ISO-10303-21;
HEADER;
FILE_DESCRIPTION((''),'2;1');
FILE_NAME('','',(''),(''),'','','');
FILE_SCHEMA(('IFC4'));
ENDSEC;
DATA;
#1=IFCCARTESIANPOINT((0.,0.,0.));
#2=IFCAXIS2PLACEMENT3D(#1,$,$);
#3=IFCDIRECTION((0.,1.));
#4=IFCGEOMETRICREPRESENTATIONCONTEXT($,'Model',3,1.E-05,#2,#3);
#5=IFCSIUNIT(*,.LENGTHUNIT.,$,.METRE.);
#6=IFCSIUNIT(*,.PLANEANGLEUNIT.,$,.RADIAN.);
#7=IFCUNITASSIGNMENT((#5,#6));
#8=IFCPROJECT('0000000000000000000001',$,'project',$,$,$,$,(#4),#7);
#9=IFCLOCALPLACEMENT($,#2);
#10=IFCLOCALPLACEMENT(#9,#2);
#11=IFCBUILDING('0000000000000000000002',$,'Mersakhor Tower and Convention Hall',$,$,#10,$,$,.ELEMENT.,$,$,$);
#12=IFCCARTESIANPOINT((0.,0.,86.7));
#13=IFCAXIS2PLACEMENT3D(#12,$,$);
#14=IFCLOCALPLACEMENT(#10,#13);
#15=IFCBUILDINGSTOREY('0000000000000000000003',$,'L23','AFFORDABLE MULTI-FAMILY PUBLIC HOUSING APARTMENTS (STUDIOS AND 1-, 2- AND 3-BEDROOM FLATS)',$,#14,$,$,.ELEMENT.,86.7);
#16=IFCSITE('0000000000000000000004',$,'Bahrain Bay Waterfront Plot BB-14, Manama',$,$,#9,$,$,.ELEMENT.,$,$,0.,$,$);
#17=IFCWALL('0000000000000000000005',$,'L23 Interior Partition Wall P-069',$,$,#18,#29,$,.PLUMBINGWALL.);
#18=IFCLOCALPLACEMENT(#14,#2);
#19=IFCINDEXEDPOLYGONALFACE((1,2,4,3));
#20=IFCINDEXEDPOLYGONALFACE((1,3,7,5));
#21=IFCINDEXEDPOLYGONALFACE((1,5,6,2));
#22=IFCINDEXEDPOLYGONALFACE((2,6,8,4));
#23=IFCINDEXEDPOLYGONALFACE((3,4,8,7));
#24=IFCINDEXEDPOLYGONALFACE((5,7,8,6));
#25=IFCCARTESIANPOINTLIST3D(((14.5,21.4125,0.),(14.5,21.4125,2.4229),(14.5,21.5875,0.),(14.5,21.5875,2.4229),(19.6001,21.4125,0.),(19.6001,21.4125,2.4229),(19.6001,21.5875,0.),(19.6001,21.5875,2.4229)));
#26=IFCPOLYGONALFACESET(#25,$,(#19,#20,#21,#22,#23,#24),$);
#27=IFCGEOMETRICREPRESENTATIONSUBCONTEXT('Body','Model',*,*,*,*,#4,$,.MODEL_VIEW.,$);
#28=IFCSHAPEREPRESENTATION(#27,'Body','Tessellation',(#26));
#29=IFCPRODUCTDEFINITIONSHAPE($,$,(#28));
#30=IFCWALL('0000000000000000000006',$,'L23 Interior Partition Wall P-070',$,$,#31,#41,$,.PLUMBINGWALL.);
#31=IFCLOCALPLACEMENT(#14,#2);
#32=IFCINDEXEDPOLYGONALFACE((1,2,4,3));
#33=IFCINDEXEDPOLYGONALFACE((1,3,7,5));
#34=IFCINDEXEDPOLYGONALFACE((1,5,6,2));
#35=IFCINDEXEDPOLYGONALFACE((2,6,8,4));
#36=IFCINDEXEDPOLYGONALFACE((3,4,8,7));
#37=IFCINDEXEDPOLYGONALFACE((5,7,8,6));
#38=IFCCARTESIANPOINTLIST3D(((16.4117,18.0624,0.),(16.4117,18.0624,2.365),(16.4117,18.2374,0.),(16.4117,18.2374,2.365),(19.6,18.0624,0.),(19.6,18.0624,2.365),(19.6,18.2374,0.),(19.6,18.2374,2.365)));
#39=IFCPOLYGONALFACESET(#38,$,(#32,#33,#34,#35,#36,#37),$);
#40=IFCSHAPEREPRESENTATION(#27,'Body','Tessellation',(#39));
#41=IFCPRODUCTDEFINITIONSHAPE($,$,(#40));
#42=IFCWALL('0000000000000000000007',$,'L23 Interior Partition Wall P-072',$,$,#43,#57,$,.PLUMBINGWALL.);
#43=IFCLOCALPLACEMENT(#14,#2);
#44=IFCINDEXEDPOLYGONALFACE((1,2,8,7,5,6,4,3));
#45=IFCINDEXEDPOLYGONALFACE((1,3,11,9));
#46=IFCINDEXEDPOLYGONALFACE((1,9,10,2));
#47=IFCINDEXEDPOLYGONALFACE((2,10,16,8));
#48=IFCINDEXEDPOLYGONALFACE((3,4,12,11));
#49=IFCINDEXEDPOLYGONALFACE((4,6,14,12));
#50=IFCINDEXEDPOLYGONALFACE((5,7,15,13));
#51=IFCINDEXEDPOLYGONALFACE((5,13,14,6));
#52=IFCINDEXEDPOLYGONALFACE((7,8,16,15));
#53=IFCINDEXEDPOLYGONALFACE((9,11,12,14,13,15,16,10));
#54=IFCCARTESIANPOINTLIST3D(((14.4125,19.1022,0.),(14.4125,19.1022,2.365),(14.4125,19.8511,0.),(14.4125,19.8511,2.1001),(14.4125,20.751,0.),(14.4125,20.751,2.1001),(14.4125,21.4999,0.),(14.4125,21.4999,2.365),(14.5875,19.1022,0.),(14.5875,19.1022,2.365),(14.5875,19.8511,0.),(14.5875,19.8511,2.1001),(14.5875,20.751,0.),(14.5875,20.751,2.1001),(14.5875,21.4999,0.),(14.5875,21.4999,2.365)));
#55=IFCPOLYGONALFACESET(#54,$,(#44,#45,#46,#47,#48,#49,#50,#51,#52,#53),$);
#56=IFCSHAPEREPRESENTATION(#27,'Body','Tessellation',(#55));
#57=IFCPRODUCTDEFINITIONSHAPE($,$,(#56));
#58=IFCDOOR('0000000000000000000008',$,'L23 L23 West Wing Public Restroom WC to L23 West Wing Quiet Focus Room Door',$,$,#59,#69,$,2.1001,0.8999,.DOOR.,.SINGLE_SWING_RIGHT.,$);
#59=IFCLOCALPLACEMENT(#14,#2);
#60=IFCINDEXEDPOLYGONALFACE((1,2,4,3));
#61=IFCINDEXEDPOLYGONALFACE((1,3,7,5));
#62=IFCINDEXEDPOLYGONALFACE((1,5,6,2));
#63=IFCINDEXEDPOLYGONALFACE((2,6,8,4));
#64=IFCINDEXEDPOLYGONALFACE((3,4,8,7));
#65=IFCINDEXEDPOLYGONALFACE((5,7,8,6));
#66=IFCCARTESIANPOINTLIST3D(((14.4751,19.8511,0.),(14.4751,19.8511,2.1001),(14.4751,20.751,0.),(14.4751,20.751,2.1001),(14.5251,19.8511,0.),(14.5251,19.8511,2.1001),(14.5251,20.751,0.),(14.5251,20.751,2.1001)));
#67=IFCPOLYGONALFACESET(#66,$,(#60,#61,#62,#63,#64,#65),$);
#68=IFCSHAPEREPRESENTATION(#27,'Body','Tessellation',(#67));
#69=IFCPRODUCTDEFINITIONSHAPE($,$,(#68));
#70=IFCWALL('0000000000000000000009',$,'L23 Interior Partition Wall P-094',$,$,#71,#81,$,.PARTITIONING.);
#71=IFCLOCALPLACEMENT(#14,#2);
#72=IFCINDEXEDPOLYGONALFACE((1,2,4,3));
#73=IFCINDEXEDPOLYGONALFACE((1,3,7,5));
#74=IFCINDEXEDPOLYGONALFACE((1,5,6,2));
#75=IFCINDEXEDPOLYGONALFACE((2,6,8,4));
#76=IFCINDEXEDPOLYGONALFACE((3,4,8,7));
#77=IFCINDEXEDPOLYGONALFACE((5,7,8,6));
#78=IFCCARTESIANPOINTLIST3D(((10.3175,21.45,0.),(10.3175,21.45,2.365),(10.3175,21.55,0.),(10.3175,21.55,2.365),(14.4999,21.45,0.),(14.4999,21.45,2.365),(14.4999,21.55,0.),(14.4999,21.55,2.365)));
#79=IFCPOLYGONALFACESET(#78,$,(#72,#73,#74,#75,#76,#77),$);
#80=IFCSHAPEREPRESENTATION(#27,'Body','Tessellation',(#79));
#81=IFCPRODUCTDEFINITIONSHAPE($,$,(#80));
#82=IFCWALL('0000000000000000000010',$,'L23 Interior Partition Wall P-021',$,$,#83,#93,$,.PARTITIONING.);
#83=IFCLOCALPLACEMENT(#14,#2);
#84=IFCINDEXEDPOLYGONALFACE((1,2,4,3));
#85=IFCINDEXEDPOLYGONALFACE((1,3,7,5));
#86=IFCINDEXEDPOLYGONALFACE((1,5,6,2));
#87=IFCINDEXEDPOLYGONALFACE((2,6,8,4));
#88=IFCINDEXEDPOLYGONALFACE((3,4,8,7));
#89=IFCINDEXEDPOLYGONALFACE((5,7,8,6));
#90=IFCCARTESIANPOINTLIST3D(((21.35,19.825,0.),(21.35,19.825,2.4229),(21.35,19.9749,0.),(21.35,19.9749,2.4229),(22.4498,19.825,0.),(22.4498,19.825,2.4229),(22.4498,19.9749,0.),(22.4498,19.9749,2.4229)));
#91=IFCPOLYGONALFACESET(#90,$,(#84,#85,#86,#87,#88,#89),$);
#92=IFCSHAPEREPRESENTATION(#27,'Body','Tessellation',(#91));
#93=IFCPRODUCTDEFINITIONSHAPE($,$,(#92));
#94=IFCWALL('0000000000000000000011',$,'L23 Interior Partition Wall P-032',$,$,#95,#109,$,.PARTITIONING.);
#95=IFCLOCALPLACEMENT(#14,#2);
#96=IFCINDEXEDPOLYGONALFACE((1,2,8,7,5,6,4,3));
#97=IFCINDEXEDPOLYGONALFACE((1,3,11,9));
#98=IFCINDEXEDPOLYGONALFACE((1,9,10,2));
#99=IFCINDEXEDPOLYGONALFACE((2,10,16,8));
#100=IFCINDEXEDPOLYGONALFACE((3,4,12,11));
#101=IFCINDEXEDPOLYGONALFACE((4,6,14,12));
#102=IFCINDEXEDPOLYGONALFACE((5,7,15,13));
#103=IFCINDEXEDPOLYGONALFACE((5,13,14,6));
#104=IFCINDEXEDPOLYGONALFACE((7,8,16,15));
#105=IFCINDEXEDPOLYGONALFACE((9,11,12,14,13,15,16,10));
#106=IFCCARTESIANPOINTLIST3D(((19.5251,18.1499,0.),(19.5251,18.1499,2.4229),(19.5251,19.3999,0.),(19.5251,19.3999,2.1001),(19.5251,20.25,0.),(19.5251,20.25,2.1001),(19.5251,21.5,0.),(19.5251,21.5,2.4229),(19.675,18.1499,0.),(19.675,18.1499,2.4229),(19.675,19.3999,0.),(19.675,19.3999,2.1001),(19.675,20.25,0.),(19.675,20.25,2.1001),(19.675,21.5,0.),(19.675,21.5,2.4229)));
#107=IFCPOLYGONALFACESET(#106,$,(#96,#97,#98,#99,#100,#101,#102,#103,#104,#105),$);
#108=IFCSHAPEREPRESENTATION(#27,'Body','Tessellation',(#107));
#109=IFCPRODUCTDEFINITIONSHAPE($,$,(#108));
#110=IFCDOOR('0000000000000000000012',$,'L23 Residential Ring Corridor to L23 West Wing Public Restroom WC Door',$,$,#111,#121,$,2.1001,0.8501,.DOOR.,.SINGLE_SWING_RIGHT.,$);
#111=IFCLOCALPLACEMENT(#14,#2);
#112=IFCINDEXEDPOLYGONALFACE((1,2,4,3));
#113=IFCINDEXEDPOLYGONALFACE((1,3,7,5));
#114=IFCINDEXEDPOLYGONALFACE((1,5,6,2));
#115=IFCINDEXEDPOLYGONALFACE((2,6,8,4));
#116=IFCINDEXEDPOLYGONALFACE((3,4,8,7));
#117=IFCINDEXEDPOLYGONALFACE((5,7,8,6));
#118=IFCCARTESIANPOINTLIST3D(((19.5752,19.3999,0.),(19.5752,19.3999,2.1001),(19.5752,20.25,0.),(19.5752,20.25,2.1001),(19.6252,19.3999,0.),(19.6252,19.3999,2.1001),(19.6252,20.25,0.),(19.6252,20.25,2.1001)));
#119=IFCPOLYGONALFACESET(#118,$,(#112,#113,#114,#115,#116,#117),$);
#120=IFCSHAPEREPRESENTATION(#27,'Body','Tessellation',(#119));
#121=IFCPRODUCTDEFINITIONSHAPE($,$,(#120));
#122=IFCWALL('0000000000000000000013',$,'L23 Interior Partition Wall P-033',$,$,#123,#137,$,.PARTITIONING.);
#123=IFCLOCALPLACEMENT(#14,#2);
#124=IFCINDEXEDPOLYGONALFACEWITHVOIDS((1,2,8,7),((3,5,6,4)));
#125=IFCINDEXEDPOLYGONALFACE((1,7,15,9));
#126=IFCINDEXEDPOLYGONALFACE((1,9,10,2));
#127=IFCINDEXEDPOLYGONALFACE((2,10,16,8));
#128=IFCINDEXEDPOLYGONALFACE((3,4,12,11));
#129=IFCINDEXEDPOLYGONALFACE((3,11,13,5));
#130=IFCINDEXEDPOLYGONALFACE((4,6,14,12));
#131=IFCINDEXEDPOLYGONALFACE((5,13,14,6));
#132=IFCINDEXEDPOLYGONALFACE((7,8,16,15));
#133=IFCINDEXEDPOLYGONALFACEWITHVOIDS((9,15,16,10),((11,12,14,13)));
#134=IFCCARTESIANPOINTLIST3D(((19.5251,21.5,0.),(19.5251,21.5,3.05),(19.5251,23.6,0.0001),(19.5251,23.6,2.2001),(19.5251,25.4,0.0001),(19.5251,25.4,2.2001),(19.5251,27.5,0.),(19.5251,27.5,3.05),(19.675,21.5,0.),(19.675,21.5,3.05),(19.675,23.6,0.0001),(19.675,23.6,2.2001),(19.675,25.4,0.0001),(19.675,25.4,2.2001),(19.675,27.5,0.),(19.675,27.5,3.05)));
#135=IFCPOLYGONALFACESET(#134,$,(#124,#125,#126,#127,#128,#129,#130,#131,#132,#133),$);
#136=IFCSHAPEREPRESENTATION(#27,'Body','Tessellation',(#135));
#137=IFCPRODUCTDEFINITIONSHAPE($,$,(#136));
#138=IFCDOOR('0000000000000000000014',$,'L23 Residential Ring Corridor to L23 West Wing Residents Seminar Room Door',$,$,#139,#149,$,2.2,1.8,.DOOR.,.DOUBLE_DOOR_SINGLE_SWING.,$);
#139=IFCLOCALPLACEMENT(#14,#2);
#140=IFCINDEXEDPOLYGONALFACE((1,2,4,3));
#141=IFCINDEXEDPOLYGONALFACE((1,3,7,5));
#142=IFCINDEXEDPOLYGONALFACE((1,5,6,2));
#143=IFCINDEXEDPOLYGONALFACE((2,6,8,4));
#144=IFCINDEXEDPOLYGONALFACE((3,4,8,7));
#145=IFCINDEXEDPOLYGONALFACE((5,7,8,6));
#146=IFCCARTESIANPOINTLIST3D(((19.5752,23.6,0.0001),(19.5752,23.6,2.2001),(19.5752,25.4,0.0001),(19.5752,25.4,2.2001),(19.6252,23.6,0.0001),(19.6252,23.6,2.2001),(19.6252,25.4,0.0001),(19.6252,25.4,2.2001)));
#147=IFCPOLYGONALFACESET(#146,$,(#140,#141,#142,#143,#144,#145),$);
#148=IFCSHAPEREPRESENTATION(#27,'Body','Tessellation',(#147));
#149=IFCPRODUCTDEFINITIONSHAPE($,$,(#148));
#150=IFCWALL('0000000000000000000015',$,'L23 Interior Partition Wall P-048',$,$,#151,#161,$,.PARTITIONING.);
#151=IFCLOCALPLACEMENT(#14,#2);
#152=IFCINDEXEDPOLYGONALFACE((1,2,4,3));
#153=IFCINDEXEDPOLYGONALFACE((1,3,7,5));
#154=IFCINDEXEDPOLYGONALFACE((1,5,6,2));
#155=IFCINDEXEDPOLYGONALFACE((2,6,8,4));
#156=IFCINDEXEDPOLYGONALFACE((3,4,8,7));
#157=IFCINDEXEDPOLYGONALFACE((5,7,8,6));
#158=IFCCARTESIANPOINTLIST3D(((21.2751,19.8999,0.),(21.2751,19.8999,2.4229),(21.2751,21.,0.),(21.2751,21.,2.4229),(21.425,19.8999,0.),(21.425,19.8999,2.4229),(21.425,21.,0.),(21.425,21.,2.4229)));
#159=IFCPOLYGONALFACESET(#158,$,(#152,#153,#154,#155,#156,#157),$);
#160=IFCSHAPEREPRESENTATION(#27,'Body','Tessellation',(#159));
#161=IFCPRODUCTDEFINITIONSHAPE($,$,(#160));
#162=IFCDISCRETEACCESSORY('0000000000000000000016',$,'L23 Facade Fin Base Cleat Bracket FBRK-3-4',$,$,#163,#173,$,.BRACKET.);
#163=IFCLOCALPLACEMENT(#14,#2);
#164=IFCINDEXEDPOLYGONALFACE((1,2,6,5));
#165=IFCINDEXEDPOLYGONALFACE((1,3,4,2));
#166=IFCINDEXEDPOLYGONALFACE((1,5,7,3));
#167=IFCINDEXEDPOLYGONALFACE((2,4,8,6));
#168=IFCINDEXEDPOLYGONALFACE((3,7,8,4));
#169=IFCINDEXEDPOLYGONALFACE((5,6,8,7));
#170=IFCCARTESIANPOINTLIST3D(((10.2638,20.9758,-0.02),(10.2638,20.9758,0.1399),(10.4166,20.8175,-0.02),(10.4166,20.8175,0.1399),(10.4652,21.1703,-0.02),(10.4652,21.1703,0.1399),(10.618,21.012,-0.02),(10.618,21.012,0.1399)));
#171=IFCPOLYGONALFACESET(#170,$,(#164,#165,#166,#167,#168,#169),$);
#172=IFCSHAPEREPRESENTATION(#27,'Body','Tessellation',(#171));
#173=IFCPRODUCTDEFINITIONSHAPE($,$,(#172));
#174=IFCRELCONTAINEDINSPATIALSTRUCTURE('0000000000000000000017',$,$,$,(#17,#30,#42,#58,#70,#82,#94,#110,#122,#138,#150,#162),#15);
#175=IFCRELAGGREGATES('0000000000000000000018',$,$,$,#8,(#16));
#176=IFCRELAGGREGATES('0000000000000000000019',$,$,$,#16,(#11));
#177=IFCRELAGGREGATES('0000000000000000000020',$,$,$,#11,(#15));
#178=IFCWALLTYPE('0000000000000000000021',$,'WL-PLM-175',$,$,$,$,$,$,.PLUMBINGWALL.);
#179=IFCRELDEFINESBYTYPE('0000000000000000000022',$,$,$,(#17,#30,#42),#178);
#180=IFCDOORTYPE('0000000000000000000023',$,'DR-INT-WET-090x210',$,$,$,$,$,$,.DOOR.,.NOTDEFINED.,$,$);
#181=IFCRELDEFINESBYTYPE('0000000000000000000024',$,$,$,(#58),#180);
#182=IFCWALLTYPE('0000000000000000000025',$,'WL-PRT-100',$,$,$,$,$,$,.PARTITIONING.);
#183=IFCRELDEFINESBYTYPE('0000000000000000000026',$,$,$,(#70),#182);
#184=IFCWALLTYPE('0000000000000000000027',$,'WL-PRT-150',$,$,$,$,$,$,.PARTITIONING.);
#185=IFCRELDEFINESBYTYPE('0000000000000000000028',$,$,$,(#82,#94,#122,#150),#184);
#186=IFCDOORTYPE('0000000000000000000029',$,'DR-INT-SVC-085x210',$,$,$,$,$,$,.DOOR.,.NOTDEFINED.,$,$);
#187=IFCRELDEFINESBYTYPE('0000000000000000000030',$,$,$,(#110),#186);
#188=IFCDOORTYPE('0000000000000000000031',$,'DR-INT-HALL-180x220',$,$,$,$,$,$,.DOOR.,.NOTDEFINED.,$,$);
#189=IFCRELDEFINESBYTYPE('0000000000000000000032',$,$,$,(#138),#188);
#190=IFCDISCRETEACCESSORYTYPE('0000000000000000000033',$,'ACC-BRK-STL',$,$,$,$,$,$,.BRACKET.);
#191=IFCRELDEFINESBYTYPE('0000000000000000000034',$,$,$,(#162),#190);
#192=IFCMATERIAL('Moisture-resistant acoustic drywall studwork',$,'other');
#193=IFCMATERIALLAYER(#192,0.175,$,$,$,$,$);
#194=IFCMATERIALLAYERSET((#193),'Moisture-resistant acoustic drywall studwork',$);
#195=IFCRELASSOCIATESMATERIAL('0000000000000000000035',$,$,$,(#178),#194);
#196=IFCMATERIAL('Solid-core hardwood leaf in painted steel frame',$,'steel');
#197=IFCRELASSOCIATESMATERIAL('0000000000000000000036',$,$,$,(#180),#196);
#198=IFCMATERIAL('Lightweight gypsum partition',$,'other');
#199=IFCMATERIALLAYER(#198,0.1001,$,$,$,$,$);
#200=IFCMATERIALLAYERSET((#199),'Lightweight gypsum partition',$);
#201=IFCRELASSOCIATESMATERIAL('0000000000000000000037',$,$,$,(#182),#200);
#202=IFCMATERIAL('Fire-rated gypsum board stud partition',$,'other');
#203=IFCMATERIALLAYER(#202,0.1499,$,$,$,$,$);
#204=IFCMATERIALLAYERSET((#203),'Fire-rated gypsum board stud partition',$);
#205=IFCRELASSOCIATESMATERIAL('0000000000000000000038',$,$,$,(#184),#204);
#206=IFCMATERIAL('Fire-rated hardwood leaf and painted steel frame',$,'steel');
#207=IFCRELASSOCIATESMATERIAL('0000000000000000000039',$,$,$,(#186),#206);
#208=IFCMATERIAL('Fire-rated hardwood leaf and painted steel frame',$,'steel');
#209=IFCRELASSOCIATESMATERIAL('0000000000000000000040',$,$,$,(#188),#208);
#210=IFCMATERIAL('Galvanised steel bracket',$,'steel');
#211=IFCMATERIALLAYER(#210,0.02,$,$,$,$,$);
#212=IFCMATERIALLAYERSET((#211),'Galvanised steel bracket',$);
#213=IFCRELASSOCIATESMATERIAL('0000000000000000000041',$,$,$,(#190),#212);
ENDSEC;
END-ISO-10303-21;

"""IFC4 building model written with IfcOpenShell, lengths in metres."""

from ifc_helpers import new_model, si_unit, direction, frame, frame_2d, origin, origin_2d, place, context, subcontext, project, spatial, rectangle, extrude, material, layer, layer_set, type_object, element, fill, save


model = new_model("IFC4")

# Units and contexts
model_context = context("Model", 3, precision=1e-05, world=origin(), true_north=direction((0.0, 1.0)))
body_context = subcontext(model_context, "Body", "Model", "MODEL_VIEW")
ifc_project = project(units=[si_unit("LENGTHUNIT", "METRE"), si_unit("PLANEANGLEUNIT", "RADIAN")], contexts=[model_context])

# Site, building, storey
site_placement = place(None, origin())
site = spatial("IfcSite", under=ifc_project, at=site_placement, Name="Bahrain Bay Waterfront Plot BB-14, Manama", CompositionType="ELEMENT", RefElevation=0.0)
building_placement = place(site_placement, origin())
building = spatial("IfcBuilding", under=site, at=building_placement, Name="Mersakhor Tower and Convention Hall", CompositionType="ELEMENT")
storey_placement = place(building_placement, frame((0.0, 0.0, 86.7)))
storey = spatial("IfcBuildingStorey", under=building, at=storey_placement, Name="L23", Description="AFFORDABLE MULTI-FAMILY PUBLIC HOUSING APARTMENTS (STUDIOS AND 1-, 2- AND 3-BEDROOM FLATS)", CompositionType="ELEMENT", Elevation=86.7)

# Walls
ifc_material_1 = material(Name="Moisture-resistant acoustic drywall studwork", Category="other")
ifc_layer_1 = layer(ifc_material_1, 0.175)
ifc_layer_set_1 = layer_set([ifc_layer_1], Name="Moisture-resistant acoustic drywall studwork")
wall_type_1 = type_object("IfcWallType", Name="WL-PLM-175", PredefinedType="PLUMBINGWALL", material=ifc_layer_set_1)
wall_1_placement = place(storey_placement, frame((14.5, 21.5, 0.0), z_axis=(0.0, 0.0, 1.0), x_axis=(1.0, 0.0, 0.0)))
element("IfcWall", 1, at=wall_1_placement, inside=storey, type_object=wall_type_1, Name="L23 Interior Partition Wall P-069", PredefinedType="PLUMBINGWALL", context=body_context, shape_type="SweptSolid", body=[
    extrude(rectangle(XDim=5.1001, YDim=0.175, at=frame_2d((2.55, 0.0))), origin(), (0.0, 0.0, 1.0), 2.4229),
])
wall_2_placement = place(storey_placement, frame((19.6001, 18.1499, 0.0), z_axis=(0.0, 0.0, 1.0), x_axis=(-1.0, 0.0, 0.0)))
element("IfcWall", 2, at=wall_2_placement, inside=storey, type_object=wall_type_1, Name="L23 Interior Partition Wall P-070", PredefinedType="PLUMBINGWALL", context=body_context, shape_type="SweptSolid", body=[
    extrude(rectangle(XDim=3.1882, YDim=0.175, at=frame_2d((1.5942, 0.0))), origin(), (0.0, 0.0, 1.0), 2.365),
])

# Wall, opening, door
wall_3_placement = place(storey_placement, frame((14.5, 19.1023, 0.0), z_axis=(0.0, 0.0, 1.0), x_axis=(0.0, 1.0, 0.0)))
wall_3 = element("IfcWall", 3, at=wall_3_placement, inside=storey, type_object=wall_type_1, Name="L23 Interior Partition Wall P-072", PredefinedType="PLUMBINGWALL", context=body_context, shape_type="SweptSolid", body=[
    extrude(rectangle(XDim=2.3977, YDim=0.175, at=frame_2d((1.1987, 0.0))), origin(), (0.0, 0.0, 1.0), 2.365),
])
opening_1_placement = place(wall_3_placement, frame((0.7488, 0.0, 0.0)))
opening_1 = element("IfcOpeningElement", 4, at=opening_1_placement, cuts=wall_3, PredefinedType="OPENING", context=body_context, shape_type="SweptSolid", body=[
    extrude(rectangle(XDim=0.8999, YDim=2.1001, at=frame_2d((0.45, 1.05))), frame((0.0, 0.0974, 0.0), z_axis=(0.0, -1.0, 0.0), x_axis=(1.0, 0.0, 0.0)), (0.0, 0.0, 1.0), 0.1951),
])
ifc_material_2 = material(Name="Solid-core hardwood leaf in painted steel frame", Category="steel")
door_type_1 = type_object("IfcDoorType", Name="DR-INT-WET-090x210", OperationType="NOTDEFINED", PredefinedType="DOOR", material=ifc_material_2)
door_1_placement = place(opening_1_placement, origin())
door_1 = element("IfcDoor", 5, at=door_1_placement, inside=storey, type_object=door_type_1, Name="L23 L23 West Wing Public Restroom WC to L23 West Wing Quiet Focus Room Door", OperationType="SINGLE_SWING_RIGHT", OverallHeight=2.1001, OverallWidth=0.8999, PredefinedType="DOOR", context=body_context, shape_type="SweptSolid", body=[
    extrude(rectangle(XDim=0.8999, YDim=2.1001, at=frame_2d((0.45, 1.05))), frame((0.0, 0.0249, 0.0), z_axis=(0.0, -1.0, 0.0), x_axis=(1.0, 0.0, 0.0)), (0.0, 0.0, 1.0), 0.05),
])
fill(opening_1, door_1)

# Walls
ifc_material_3 = material(Name="Lightweight gypsum partition", Category="other")
ifc_layer_2 = layer(ifc_material_3, 0.1001)
ifc_layer_set_2 = layer_set([ifc_layer_2], Name="Lightweight gypsum partition")
wall_type_2 = type_object("IfcWallType", Name="WL-PRT-100", PredefinedType="PARTITIONING", material=ifc_layer_set_2)
wall_4_placement = place(storey_placement, frame((14.5, 21.5, 0.0), z_axis=(0.0, 0.0, 1.0), x_axis=(-1.0, 0.0, 0.0)))
element("IfcWall", 6, at=wall_4_placement, inside=storey, type_object=wall_type_2, Name="L23 Interior Partition Wall P-094", PredefinedType="PARTITIONING", context=body_context, shape_type="SweptSolid", body=[
    extrude(rectangle(XDim=4.1824, YDim=0.1001, at=frame_2d((2.0913, 0.0))), origin(), (0.0, 0.0, 1.0), 2.365),
])
ifc_material_4 = material(Name="Fire-rated gypsum board stud partition", Category="other")
ifc_layer_3 = layer(ifc_material_4, 0.1499)
ifc_layer_set_3 = layer_set([ifc_layer_3], Name="Fire-rated gypsum board stud partition")
wall_type_3 = type_object("IfcWallType", Name="WL-PRT-150", PredefinedType="PARTITIONING", material=ifc_layer_set_3)
wall_5_placement = place(storey_placement, frame((21.3501, 19.8999, 0.0), z_axis=(0.0, 0.0, 1.0), x_axis=(1.0, 0.0, 0.0)))
element("IfcWall", 7, at=wall_5_placement, inside=storey, type_object=wall_type_3, Name="L23 Interior Partition Wall P-021", PredefinedType="PARTITIONING", context=body_context, shape_type="SweptSolid", body=[
    extrude(rectangle(XDim=1.0999, YDim=0.1499, at=frame_2d((0.5498, 0.0))), origin(), (0.0, 0.0, 1.0), 2.4229),
])

# Walls, openings, doors
wall_6_placement = place(storey_placement, frame((19.6001, 18.1499, 0.0), z_axis=(0.0, 0.0, 1.0), x_axis=(0.0, 1.0, 0.0)))
wall_6 = element("IfcWall", 8, at=wall_6_placement, inside=storey, type_object=wall_type_3, Name="L23 Interior Partition Wall P-032", PredefinedType="PARTITIONING", context=body_context, shape_type="SweptSolid", body=[
    extrude(rectangle(XDim=3.3501, YDim=0.1499, at=frame_2d((1.675, 0.0))), origin(), (0.0, 0.0, 1.0), 2.4229),
])
opening_2_placement = place(wall_6_placement, frame((1.25, 0.0, 0.0)))
opening_2 = element("IfcOpeningElement", 9, at=opening_2_placement, cuts=wall_6, PredefinedType="OPENING", context=body_context, shape_type="SweptSolid", body=[
    extrude(rectangle(XDim=0.8501, YDim=2.1001, at=frame_2d((0.425, 1.05))), frame((0.0, 0.085, 0.0), z_axis=(0.0, -1.0, 0.0), x_axis=(1.0, 0.0, 0.0)), (0.0, 0.0, 1.0), 0.1699),
])
ifc_material_5 = material(Name="Fire-rated hardwood leaf and painted steel frame", Category="steel")
door_type_2 = type_object("IfcDoorType", Name="DR-INT-SVC-085x210", OperationType="NOTDEFINED", PredefinedType="DOOR", material=ifc_material_5)
door_2_placement = place(opening_2_placement, origin())
door_2 = element("IfcDoor", 10, at=door_2_placement, inside=storey, type_object=door_type_2, Name="L23 Residential Ring Corridor to L23 West Wing Public Restroom WC Door", OperationType="SINGLE_SWING_RIGHT", OverallHeight=2.1001, OverallWidth=0.8501, PredefinedType="DOOR", context=body_context, shape_type="SweptSolid", body=[
    extrude(rectangle(XDim=0.8501, YDim=2.1001, at=frame_2d((0.425, 1.05))), frame((0.0, 0.0249, 0.0), z_axis=(0.0, -1.0, 0.0), x_axis=(1.0, 0.0, 0.0)), (0.0, 0.0, 1.0), 0.05),
])
fill(opening_2, door_2)
wall_7_placement = place(storey_placement, frame((19.6001, 21.5, 0.0), z_axis=(0.0, 0.0, 1.0), x_axis=(0.0, 1.0, 0.0)))
wall_7 = element("IfcWall", 11, at=wall_7_placement, inside=storey, type_object=wall_type_3, Name="L23 Interior Partition Wall P-033", PredefinedType="PARTITIONING", context=body_context, shape_type="SweptSolid", body=[
    extrude(rectangle(XDim=6.0, YDim=0.1499, at=frame_2d((3.0, 0.0))), origin(), (0.0, 0.0, 1.0), 3.05),
])
opening_3_placement = place(wall_7_placement, frame((2.1001, 0.0, 0.0)))
opening_3 = element("IfcOpeningElement", 12, at=opening_3_placement, cuts=wall_7, PredefinedType="OPENING", context=body_context, shape_type="SweptSolid", body=[
    extrude(rectangle(XDim=1.8, YDim=2.2, at=frame_2d((0.8999, 1.1001))), frame((0.0, 0.085, 0.0), z_axis=(0.0, -1.0, 0.0), x_axis=(1.0, 0.0, 0.0)), (0.0, 0.0, 1.0), 0.1699),
])
ifc_material_6 = material(Name="Fire-rated hardwood leaf and painted steel frame", Category="steel")
door_type_3 = type_object("IfcDoorType", Name="DR-INT-HALL-180x220", OperationType="NOTDEFINED", PredefinedType="DOOR", material=ifc_material_6)
door_3_placement = place(opening_3_placement, origin())
door_3 = element("IfcDoor", 13, at=door_3_placement, inside=storey, type_object=door_type_3, Name="L23 Residential Ring Corridor to L23 West Wing Residents Seminar Room Door", OperationType="DOUBLE_DOOR_SINGLE_SWING", OverallHeight=2.2, OverallWidth=1.8, PredefinedType="DOOR", context=body_context, shape_type="SweptSolid", body=[
    extrude(rectangle(XDim=1.8, YDim=2.2, at=frame_2d((0.8999, 1.1001))), frame((0.0, 0.0249, 0.0), z_axis=(0.0, -1.0, 0.0), x_axis=(1.0, 0.0, 0.0)), (0.0, 0.0, 1.0), 0.05),
])
fill(opening_3, door_3)

# Wall
wall_8_placement = place(storey_placement, frame((21.3501, 21.0, 0.0), z_axis=(0.0, 0.0, 1.0), x_axis=(0.0, -1.0, 0.0)))
element("IfcWall", 14, at=wall_8_placement, inside=storey, type_object=wall_type_3, Name="L23 Interior Partition Wall P-048", PredefinedType="PARTITIONING", context=body_context, shape_type="SweptSolid", body=[
    extrude(rectangle(XDim=1.1001, YDim=0.1499, at=frame_2d((0.55, 0.0))), origin(), (0.0, 0.0, 1.0), 2.4229),
])

# Discrete accessory
ifc_material_7 = material(Name="Galvanised steel bracket", Category="steel")
ifc_layer_4 = layer(ifc_material_7, 0.02)
ifc_layer_set_4 = layer_set([ifc_layer_4], Name="Galvanised steel bracket")
discrete_accessory_type = type_object("IfcDiscreteAccessoryType", Name="ACC-BRK-STL", PredefinedType="BRACKET", material=ifc_layer_set_4)
discrete_accessory_placement = place(storey_placement, frame((10.4409, 20.9939, -0.02), z_axis=(0.0, 0.0, 1.0), x_axis=(-0.71934, -0.694658, 0.0)))
element("IfcDiscreteAccessory", 15, at=discrete_accessory_placement, inside=storey, type_object=discrete_accessory_type, Name="L23 Facade Fin Base Cleat Bracket FBRK-3-4", PredefinedType="BRACKET", context=body_context, shape_type="SweptSolid", body=[
    extrude(rectangle(XDim=0.28, YDim=0.22, at=origin_2d()), origin(), (0.0, 0.0, 1.0), 0.1599),
])

save(model, "model.ifc")
